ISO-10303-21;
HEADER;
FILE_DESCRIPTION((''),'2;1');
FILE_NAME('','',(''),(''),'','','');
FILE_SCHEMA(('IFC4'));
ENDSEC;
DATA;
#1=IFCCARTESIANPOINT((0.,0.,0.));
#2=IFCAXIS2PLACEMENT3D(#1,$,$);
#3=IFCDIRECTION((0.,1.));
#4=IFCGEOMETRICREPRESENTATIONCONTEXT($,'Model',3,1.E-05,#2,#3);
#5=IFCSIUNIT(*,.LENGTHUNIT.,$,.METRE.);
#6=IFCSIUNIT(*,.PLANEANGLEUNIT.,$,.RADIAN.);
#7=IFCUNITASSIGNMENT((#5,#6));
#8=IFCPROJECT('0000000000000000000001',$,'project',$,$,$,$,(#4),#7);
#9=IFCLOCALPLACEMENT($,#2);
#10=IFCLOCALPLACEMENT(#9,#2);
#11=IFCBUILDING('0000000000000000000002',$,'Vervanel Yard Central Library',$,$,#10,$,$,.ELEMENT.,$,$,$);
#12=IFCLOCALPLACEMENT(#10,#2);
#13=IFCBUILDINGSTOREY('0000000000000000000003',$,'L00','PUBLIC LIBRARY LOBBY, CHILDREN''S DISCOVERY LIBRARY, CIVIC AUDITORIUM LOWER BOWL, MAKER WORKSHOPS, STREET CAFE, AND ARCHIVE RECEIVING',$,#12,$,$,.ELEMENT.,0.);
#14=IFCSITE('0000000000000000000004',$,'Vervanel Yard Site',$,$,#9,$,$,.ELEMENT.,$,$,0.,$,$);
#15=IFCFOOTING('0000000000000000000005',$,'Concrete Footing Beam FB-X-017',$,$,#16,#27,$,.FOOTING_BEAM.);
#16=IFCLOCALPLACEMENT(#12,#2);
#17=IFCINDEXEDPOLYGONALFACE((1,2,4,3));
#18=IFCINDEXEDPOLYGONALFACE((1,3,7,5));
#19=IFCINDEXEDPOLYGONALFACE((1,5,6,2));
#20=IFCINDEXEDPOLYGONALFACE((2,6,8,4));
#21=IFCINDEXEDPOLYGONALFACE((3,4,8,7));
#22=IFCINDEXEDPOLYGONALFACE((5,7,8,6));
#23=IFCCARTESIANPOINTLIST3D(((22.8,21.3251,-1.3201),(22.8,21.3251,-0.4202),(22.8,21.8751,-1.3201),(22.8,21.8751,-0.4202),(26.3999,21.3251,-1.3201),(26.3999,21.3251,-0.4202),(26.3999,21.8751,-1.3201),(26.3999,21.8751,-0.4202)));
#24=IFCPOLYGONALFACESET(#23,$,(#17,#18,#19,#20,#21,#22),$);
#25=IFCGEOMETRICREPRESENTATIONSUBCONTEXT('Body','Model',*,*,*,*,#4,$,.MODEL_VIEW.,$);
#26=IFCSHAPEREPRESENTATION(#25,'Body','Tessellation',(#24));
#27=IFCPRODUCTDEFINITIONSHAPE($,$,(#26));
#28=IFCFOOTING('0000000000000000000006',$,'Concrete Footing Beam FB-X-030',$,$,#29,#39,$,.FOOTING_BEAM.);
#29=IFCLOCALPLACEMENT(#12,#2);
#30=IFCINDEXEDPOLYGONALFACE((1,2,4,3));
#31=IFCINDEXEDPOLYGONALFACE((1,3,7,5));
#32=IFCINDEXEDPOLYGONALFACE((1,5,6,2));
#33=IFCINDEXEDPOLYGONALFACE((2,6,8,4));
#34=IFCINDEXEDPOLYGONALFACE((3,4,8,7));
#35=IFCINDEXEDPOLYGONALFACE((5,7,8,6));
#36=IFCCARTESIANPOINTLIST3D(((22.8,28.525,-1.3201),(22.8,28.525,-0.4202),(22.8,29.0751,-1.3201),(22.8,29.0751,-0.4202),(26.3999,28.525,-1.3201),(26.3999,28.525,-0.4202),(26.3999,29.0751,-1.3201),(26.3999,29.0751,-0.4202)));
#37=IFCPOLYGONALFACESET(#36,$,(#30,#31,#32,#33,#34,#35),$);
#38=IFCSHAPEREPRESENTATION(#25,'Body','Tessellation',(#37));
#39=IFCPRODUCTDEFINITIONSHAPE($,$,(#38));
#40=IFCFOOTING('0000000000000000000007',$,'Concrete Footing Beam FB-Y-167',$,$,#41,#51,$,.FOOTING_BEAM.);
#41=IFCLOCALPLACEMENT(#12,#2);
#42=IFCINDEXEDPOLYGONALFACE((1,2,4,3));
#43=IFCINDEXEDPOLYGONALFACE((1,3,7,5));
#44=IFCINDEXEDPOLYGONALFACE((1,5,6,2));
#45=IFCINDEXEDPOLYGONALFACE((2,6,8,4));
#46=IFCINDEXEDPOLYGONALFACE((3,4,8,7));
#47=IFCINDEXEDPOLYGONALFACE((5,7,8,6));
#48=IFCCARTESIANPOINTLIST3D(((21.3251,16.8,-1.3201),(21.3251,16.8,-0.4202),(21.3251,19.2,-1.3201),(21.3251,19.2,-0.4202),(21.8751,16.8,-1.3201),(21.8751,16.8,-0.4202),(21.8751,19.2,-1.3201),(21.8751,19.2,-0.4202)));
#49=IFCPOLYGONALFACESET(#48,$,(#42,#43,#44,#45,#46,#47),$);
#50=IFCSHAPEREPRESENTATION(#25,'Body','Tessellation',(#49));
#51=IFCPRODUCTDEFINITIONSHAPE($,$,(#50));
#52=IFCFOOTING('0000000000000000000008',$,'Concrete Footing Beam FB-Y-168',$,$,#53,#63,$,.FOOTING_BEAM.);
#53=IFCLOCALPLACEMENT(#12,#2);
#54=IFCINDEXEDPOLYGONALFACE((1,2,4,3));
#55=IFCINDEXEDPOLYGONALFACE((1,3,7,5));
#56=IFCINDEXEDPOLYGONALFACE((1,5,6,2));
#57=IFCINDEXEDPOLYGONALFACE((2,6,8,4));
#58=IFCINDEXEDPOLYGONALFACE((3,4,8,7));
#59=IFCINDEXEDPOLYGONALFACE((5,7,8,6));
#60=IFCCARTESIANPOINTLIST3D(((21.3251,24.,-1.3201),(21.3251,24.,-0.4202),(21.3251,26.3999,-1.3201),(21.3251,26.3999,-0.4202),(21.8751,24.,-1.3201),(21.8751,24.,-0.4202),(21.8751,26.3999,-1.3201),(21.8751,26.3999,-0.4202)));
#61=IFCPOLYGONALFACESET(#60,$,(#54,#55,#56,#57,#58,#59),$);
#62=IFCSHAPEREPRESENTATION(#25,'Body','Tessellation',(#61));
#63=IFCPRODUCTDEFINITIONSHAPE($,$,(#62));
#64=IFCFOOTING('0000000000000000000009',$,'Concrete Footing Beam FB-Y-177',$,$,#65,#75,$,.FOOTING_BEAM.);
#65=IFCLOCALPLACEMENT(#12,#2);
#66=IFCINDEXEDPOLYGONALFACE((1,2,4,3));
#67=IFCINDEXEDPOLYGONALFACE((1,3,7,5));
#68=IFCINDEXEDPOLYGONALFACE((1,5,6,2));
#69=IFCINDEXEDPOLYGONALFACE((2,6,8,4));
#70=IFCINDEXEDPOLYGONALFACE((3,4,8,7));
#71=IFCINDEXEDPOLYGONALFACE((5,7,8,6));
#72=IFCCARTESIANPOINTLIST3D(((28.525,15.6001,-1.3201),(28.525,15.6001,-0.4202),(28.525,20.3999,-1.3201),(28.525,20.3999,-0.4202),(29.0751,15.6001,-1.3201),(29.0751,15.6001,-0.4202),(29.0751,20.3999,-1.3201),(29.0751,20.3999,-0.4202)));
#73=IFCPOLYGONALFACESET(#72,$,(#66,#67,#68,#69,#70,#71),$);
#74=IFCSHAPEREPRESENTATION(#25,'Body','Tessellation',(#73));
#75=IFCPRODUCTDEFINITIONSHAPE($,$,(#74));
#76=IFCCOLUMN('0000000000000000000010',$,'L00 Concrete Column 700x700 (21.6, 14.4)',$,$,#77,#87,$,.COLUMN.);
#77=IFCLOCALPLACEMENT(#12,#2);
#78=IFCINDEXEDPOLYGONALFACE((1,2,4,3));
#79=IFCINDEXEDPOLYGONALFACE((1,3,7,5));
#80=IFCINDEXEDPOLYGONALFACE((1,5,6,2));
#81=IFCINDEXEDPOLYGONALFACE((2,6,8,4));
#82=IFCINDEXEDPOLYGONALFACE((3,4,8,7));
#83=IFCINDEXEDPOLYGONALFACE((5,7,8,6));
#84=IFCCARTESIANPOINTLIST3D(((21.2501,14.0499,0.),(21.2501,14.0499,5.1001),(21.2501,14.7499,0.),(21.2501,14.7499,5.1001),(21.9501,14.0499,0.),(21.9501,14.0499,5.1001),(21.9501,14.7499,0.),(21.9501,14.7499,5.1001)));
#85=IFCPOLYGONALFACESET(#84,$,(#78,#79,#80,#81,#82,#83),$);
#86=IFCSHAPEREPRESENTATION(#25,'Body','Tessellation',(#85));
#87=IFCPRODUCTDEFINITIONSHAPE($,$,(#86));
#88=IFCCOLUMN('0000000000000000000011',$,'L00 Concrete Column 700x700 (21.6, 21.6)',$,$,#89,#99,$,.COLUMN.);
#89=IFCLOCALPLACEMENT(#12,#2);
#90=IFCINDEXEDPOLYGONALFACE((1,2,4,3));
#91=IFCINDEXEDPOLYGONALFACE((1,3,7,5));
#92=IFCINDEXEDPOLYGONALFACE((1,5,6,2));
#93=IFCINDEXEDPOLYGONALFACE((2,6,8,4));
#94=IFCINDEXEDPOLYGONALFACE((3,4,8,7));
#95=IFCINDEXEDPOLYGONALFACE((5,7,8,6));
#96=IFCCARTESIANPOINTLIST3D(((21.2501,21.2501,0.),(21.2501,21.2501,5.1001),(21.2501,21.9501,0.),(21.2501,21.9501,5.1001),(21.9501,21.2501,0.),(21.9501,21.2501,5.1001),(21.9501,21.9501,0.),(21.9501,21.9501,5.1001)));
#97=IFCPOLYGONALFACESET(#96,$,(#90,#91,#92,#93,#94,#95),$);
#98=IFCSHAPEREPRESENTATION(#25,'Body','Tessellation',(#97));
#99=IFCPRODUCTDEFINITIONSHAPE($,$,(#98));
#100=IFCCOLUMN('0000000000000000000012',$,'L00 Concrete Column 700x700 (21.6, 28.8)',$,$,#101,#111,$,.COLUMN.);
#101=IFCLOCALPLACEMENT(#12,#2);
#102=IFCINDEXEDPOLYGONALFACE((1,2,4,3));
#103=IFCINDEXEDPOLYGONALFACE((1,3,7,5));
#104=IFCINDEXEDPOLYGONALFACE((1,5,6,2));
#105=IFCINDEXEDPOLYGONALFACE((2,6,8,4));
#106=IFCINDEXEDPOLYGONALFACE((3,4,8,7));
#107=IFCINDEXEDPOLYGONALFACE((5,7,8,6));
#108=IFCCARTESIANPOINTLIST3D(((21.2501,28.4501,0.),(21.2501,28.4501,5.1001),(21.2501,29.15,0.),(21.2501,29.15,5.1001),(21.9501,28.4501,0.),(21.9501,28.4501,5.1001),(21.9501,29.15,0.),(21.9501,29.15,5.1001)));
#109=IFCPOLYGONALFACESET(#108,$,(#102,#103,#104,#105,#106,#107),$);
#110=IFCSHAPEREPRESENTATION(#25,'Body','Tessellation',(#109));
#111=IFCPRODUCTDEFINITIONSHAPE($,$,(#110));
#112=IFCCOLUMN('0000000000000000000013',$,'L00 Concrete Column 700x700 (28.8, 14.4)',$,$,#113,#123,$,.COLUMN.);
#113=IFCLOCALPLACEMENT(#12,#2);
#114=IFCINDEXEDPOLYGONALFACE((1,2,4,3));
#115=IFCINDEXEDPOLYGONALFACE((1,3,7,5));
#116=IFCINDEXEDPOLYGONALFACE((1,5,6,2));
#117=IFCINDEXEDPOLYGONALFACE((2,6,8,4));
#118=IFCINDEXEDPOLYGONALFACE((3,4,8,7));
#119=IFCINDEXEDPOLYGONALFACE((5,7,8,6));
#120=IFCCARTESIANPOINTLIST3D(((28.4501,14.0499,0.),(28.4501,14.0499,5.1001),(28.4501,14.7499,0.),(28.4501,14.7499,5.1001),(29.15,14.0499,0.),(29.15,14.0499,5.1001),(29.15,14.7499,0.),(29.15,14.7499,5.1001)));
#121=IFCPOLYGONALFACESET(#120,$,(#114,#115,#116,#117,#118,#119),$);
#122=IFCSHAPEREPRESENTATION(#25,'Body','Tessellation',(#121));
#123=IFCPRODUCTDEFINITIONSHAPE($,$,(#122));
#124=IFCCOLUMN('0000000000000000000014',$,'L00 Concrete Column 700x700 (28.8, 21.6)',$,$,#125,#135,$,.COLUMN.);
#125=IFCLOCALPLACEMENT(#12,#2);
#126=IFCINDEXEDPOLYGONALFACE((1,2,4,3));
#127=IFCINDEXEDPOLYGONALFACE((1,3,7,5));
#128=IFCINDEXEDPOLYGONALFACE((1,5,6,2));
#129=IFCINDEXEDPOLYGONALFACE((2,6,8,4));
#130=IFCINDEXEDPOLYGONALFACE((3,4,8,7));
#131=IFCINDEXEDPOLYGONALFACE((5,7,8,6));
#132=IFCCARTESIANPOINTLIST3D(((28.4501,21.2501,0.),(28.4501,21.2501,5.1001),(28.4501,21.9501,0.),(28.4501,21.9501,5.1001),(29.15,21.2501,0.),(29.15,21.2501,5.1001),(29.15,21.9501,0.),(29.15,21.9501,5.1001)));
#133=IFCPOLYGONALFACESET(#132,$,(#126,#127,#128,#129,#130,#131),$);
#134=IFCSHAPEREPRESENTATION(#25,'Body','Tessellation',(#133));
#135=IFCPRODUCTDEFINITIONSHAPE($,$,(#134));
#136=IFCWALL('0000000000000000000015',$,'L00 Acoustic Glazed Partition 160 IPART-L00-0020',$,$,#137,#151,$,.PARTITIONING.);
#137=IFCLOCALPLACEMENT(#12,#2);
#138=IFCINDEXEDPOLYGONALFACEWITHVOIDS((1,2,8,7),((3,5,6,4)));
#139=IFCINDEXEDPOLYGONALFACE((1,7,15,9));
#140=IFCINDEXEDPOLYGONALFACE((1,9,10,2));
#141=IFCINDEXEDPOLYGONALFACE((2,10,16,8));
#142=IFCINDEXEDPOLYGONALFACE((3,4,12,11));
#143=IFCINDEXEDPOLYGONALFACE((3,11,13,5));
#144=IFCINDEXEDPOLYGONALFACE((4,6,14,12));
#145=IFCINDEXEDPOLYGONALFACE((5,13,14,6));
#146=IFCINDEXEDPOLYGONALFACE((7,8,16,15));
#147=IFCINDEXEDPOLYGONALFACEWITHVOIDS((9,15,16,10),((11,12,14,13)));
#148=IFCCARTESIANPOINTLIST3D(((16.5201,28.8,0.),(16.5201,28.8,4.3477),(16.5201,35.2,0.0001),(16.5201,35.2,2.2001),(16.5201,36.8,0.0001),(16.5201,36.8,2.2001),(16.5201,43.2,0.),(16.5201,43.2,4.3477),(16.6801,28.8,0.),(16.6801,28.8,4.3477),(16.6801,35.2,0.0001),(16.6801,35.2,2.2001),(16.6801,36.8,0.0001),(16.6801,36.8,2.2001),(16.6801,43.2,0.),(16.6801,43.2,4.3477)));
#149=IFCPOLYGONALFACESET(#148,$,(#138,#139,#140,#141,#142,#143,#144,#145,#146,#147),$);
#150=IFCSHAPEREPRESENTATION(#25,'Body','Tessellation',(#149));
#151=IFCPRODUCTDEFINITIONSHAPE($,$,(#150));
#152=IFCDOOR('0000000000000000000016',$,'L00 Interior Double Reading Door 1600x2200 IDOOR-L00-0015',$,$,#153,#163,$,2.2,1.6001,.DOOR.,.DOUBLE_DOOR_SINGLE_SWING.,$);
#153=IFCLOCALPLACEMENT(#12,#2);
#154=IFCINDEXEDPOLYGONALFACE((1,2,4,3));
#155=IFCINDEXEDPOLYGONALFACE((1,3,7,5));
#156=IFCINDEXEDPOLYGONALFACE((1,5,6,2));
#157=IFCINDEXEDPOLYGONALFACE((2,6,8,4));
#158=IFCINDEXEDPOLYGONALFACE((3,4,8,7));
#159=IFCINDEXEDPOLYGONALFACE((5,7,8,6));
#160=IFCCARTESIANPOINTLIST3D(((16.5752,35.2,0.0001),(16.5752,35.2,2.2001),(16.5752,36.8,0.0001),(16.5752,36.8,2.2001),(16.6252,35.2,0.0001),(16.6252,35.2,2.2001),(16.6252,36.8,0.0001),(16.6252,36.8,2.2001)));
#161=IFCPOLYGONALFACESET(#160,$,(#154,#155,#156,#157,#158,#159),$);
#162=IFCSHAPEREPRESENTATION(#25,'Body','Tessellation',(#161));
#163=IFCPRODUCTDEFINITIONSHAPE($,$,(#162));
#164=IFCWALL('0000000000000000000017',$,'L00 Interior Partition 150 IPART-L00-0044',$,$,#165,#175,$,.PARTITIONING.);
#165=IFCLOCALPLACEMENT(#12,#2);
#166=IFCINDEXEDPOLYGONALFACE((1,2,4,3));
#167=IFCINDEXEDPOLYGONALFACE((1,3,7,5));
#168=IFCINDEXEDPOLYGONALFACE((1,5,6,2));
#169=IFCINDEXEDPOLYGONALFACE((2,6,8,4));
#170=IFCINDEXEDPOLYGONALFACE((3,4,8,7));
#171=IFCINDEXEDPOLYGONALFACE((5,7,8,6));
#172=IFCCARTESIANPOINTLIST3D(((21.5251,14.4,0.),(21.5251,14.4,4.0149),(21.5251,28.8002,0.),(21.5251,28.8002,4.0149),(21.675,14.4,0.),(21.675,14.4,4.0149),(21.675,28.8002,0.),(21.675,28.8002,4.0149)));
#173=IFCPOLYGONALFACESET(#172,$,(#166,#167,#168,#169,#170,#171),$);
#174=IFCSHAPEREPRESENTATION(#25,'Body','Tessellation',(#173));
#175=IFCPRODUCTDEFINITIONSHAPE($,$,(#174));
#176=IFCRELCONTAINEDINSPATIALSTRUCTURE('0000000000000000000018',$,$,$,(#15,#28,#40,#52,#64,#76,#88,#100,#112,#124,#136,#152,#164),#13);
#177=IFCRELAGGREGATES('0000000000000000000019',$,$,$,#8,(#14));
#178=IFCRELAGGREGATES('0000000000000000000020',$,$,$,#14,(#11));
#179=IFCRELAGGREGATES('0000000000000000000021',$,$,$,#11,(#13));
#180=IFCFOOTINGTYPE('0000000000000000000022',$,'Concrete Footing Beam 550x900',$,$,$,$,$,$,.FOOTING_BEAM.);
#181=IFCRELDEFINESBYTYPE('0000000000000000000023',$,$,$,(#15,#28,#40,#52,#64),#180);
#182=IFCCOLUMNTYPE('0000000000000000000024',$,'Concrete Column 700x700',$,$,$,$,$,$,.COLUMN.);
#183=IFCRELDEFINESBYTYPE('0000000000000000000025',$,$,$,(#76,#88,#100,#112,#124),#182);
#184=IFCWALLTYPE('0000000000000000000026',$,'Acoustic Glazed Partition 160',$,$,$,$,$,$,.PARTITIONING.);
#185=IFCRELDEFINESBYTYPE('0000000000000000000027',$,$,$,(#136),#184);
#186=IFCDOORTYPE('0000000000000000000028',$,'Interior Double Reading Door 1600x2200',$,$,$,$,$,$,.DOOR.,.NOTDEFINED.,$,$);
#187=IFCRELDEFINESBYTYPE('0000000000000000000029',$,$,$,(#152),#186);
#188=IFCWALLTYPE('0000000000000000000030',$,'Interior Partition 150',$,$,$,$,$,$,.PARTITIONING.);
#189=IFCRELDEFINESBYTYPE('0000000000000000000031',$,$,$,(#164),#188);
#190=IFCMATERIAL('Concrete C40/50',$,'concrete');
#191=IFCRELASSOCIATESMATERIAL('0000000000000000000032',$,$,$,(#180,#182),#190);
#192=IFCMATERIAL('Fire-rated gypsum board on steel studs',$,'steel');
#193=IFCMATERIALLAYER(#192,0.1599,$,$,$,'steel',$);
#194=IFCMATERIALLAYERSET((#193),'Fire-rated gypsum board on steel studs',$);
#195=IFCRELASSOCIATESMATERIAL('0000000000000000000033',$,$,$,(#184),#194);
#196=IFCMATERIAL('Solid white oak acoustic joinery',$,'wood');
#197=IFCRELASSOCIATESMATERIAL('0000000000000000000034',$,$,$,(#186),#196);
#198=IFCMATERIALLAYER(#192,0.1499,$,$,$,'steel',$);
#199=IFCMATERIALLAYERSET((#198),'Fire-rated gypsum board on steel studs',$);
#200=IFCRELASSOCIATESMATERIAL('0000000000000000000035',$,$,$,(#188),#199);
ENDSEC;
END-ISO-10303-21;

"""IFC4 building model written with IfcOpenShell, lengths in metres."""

from ifc_helpers import new_model, si_unit, direction, frame, frame_2d, origin, origin_2d, place, context, subcontext, project, spatial, rectangle, extrude, material, layer, layer_set, material_profile, profile_set, type_object, element, fill, save


model = new_model("IFC4")

# Units and contexts
model_context = context("Model", 3, precision=1e-05, world=origin(), true_north=direction((0.0, 1.0)))
body_context = subcontext(model_context, "Body", "Model", "MODEL_VIEW")
ifc_project = project(units=[si_unit("LENGTHUNIT", "METRE"), si_unit("PLANEANGLEUNIT", "RADIAN")], contexts=[model_context])

# Site, building, storey
site_placement = place(None, origin())
site = spatial("IfcSite", under=ifc_project, at=site_placement, Name="Vervanel Yard Site", CompositionType="ELEMENT", RefElevation=0.0)
building_placement = place(site_placement, origin())
building = spatial("IfcBuilding", under=site, at=building_placement, Name="Vervanel Yard Central Library", CompositionType="ELEMENT")
storey_placement = place(building_placement, origin())
storey = spatial("IfcBuildingStorey", under=building, at=storey_placement, Name="L00", Description="PUBLIC LIBRARY LOBBY, CHILDREN'S DISCOVERY LIBRARY, CIVIC AUDITORIUM LOWER BOWL, MAKER WORKSHOPS, STREET CAFE, AND ARCHIVE RECEIVING", CompositionType="ELEMENT", Elevation=0.0)

# Shared definitions
ifc_material_1 = material(Name="Concrete C40/50", Category="concrete")

# Footings
ifc_material_profile_1 = material_profile(ifc_material_1, rectangle(XDim=0.55, YDim=0.8999, at=origin_2d()), Name="RC 550x900", Category="concrete")
ifc_profile_set_1 = profile_set([ifc_material_profile_1], Name="Concrete C40/50")
footing_type_1 = type_object("IfcFootingType", Name="Concrete Footing Beam 550x900", PredefinedType="FOOTING_BEAM", material=ifc_profile_set_1)
for number, where, z_axis, x_axis, name in (
    (1, (22.8, 21.6001, -0.8701), (1.0, 0.0, 0.0), (0.0, 1.0, 0.0), "Concrete Footing Beam FB-X-017"),
    (2, (22.8, 28.8, -0.8701), (1.0, 0.0, 0.0), (0.0, 1.0, 0.0), "Concrete Footing Beam FB-X-030"),
):
    element("IfcFooting", number, at=place(storey_placement, frame(where, z_axis=z_axis, x_axis=x_axis)), inside=storey, type_object=footing_type_1, Name=name, PredefinedType="FOOTING_BEAM", context=body_context, shape_type="SweptSolid", body=[
        extrude(rectangle(XDim=0.55, YDim=0.8999, at=origin_2d()), origin(), (0.0, 0.0, 1.0), 3.5999),
    ])
for number, where, z_axis, x_axis, name in (
    (3, (21.6001, 16.8, -0.8701), (0.0, 1.0, 0.0), (-1.0, 0.0, 0.0), "Concrete Footing Beam FB-Y-167"),
    (4, (21.6001, 24.0, -0.8701), (0.0, 1.0, 0.0), (-1.0, 0.0, 0.0), "Concrete Footing Beam FB-Y-168"),
):
    element("IfcFooting", number, at=place(storey_placement, frame(where, z_axis=z_axis, x_axis=x_axis)), inside=storey, type_object=footing_type_1, Name=name, PredefinedType="FOOTING_BEAM", context=body_context, shape_type="SweptSolid", body=[
        extrude(rectangle(XDim=0.55, YDim=0.8999, at=origin_2d()), origin(), (0.0, 0.0, 1.0), 2.3999),
    ])
footing_placement = place(storey_placement, frame((28.8, 15.6001, -0.8701), z_axis=(0.0, 1.0, 0.0), x_axis=(-1.0, 0.0, 0.0)))
element("IfcFooting", 5, at=footing_placement, inside=storey, type_object=footing_type_1, Name="Concrete Footing Beam FB-Y-177", PredefinedType="FOOTING_BEAM", context=body_context, shape_type="SweptSolid", body=[
    extrude(rectangle(XDim=0.55, YDim=0.8999, at=origin_2d()), origin(), (0.0, 0.0, 1.0), 4.7998),
])

# Columns
ifc_material_profile_2 = material_profile(ifc_material_1, rectangle(XDim=0.7, YDim=0.7, at=origin_2d()), Name="RC 700x700", Category="concrete")
ifc_profile_set_2 = profile_set([ifc_material_profile_2], Name="Concrete C40/50")
column_type = type_object("IfcColumnType", Name="Concrete Column 700x700", PredefinedType="COLUMN", material=ifc_profile_set_2)
for number, where, z_axis, x_axis, name in (
    (6, (21.6001, 14.3999, 0.0), (0.0, 0.0, 1.0), (1.0, 0.0, 0.0), "L00 Concrete Column 700x700 (21.6, 14.4)"),
    (7, (21.6001, 21.6001, 0.0), (0.0, 0.0, 1.0), (1.0, 0.0, 0.0), "L00 Concrete Column 700x700 (21.6, 21.6)"),
    (8, (21.6001, 28.8, 0.0), (0.0, 0.0, 1.0), (1.0, 0.0, 0.0), "L00 Concrete Column 700x700 (21.6, 28.8)"),
    (9, (28.8, 14.3999, 0.0), (0.0, 0.0, 1.0), (1.0, 0.0, 0.0), "L00 Concrete Column 700x700 (28.8, 14.4)"),
    (10, (28.8, 21.6001, 0.0), (0.0, 0.0, 1.0), (1.0, 0.0, 0.0), "L00 Concrete Column 700x700 (28.8, 21.6)"),
):
    element("IfcColumn", number, at=place(storey_placement, frame(where, z_axis=z_axis, x_axis=x_axis)), inside=storey, type_object=column_type, Name=name, PredefinedType="COLUMN", context=body_context, shape_type="SweptSolid", body=[
        extrude(rectangle(XDim=0.7, YDim=0.7, at=origin_2d()), origin(), (0.0, 0.0, 1.0), 5.1001),
    ])

# Wall, opening, door
ifc_material_2 = material(Name="Fire-rated gypsum board on steel studs", Category="steel")
ifc_layer_1 = layer(ifc_material_2, 0.1599, Category="steel")
ifc_layer_set_1 = layer_set([ifc_layer_1], Name="Fire-rated gypsum board on steel studs")
wall_type_1 = type_object("IfcWallType", Name="Acoustic Glazed Partition 160", PredefinedType="PARTITIONING", material=ifc_layer_set_1)
wall_1_placement = place(storey_placement, frame((16.6001, 28.8, 0.0), z_axis=(0.0, 0.0, 1.0), x_axis=(0.0, 1.0, 0.0)))
wall_1 = element("IfcWall", 11, at=wall_1_placement, inside=storey, type_object=wall_type_1, Name="L00 Acoustic Glazed Partition 160 IPART-L00-0020", PredefinedType="PARTITIONING", context=body_context, shape_type="SweptSolid", body=[
    extrude(rectangle(XDim=14.3999, YDim=0.1599, at=frame_2d((7.2, 0.0))), origin(), (0.0, 0.0, 1.0), 4.3477),
])
opening_placement = place(wall_1_placement, frame((6.3999, 0.0, 0.0)))
opening = element("IfcOpeningElement", 12, at=opening_placement, cuts=wall_1, PredefinedType="OPENING", context=body_context, shape_type="SweptSolid", body=[
    extrude(rectangle(XDim=1.6001, YDim=2.2, at=frame_2d((0.8, 1.1001))), frame((0.0, 0.0898, 0.0), z_axis=(0.0, -1.0, 0.0), x_axis=(1.0, 0.0, 0.0)), (0.0, 0.0, 1.0), 0.1799),
])
ifc_material_3 = material(Name="Solid white oak acoustic joinery", Category="wood")
door_type = type_object("IfcDoorType", Name="Interior Double Reading Door 1600x2200", OperationType="NOTDEFINED", PredefinedType="DOOR", material=ifc_material_3)
door_placement = place(opening_placement, origin())
door = element("IfcDoor", 13, at=door_placement, inside=storey, type_object=door_type, Name="L00 Interior Double Reading Door 1600x2200 IDOOR-L00-0015", OperationType="DOUBLE_DOOR_SINGLE_SWING", OverallHeight=2.2, OverallWidth=1.6001, PredefinedType="DOOR", context=body_context, shape_type="SweptSolid", body=[
    extrude(rectangle(XDim=1.6001, YDim=2.2, at=frame_2d((0.8, 1.1001))), frame((0.0, 0.0249, 0.0), z_axis=(0.0, -1.0, 0.0), x_axis=(1.0, 0.0, 0.0)), (0.0, 0.0, 1.0), 0.05),
])
fill(opening, door)

# Wall
ifc_layer_2 = layer(ifc_material_2, 0.1499, Category="steel")
ifc_layer_set_2 = layer_set([ifc_layer_2], Name="Fire-rated gypsum board on steel studs")
wall_type_2 = type_object("IfcWallType", Name="Interior Partition 150", PredefinedType="PARTITIONING", material=ifc_layer_set_2)
wall_2_placement = place(storey_placement, frame((21.6001, 14.3999, 0.0), z_axis=(0.0, 0.0, 1.0), x_axis=(0.0, 1.0, 0.0)))
element("IfcWall", 14, at=wall_2_placement, inside=storey, type_object=wall_type_2, Name="L00 Interior Partition 150 IPART-L00-0044", PredefinedType="PARTITIONING", context=body_context, shape_type="SweptSolid", body=[
    extrude(rectangle(XDim=14.4001, YDim=0.1499, at=frame_2d((7.2002, 0.0))), origin(), (0.0, 0.0, 1.0), 4.0149),
])

save(model, "model.ifc")
